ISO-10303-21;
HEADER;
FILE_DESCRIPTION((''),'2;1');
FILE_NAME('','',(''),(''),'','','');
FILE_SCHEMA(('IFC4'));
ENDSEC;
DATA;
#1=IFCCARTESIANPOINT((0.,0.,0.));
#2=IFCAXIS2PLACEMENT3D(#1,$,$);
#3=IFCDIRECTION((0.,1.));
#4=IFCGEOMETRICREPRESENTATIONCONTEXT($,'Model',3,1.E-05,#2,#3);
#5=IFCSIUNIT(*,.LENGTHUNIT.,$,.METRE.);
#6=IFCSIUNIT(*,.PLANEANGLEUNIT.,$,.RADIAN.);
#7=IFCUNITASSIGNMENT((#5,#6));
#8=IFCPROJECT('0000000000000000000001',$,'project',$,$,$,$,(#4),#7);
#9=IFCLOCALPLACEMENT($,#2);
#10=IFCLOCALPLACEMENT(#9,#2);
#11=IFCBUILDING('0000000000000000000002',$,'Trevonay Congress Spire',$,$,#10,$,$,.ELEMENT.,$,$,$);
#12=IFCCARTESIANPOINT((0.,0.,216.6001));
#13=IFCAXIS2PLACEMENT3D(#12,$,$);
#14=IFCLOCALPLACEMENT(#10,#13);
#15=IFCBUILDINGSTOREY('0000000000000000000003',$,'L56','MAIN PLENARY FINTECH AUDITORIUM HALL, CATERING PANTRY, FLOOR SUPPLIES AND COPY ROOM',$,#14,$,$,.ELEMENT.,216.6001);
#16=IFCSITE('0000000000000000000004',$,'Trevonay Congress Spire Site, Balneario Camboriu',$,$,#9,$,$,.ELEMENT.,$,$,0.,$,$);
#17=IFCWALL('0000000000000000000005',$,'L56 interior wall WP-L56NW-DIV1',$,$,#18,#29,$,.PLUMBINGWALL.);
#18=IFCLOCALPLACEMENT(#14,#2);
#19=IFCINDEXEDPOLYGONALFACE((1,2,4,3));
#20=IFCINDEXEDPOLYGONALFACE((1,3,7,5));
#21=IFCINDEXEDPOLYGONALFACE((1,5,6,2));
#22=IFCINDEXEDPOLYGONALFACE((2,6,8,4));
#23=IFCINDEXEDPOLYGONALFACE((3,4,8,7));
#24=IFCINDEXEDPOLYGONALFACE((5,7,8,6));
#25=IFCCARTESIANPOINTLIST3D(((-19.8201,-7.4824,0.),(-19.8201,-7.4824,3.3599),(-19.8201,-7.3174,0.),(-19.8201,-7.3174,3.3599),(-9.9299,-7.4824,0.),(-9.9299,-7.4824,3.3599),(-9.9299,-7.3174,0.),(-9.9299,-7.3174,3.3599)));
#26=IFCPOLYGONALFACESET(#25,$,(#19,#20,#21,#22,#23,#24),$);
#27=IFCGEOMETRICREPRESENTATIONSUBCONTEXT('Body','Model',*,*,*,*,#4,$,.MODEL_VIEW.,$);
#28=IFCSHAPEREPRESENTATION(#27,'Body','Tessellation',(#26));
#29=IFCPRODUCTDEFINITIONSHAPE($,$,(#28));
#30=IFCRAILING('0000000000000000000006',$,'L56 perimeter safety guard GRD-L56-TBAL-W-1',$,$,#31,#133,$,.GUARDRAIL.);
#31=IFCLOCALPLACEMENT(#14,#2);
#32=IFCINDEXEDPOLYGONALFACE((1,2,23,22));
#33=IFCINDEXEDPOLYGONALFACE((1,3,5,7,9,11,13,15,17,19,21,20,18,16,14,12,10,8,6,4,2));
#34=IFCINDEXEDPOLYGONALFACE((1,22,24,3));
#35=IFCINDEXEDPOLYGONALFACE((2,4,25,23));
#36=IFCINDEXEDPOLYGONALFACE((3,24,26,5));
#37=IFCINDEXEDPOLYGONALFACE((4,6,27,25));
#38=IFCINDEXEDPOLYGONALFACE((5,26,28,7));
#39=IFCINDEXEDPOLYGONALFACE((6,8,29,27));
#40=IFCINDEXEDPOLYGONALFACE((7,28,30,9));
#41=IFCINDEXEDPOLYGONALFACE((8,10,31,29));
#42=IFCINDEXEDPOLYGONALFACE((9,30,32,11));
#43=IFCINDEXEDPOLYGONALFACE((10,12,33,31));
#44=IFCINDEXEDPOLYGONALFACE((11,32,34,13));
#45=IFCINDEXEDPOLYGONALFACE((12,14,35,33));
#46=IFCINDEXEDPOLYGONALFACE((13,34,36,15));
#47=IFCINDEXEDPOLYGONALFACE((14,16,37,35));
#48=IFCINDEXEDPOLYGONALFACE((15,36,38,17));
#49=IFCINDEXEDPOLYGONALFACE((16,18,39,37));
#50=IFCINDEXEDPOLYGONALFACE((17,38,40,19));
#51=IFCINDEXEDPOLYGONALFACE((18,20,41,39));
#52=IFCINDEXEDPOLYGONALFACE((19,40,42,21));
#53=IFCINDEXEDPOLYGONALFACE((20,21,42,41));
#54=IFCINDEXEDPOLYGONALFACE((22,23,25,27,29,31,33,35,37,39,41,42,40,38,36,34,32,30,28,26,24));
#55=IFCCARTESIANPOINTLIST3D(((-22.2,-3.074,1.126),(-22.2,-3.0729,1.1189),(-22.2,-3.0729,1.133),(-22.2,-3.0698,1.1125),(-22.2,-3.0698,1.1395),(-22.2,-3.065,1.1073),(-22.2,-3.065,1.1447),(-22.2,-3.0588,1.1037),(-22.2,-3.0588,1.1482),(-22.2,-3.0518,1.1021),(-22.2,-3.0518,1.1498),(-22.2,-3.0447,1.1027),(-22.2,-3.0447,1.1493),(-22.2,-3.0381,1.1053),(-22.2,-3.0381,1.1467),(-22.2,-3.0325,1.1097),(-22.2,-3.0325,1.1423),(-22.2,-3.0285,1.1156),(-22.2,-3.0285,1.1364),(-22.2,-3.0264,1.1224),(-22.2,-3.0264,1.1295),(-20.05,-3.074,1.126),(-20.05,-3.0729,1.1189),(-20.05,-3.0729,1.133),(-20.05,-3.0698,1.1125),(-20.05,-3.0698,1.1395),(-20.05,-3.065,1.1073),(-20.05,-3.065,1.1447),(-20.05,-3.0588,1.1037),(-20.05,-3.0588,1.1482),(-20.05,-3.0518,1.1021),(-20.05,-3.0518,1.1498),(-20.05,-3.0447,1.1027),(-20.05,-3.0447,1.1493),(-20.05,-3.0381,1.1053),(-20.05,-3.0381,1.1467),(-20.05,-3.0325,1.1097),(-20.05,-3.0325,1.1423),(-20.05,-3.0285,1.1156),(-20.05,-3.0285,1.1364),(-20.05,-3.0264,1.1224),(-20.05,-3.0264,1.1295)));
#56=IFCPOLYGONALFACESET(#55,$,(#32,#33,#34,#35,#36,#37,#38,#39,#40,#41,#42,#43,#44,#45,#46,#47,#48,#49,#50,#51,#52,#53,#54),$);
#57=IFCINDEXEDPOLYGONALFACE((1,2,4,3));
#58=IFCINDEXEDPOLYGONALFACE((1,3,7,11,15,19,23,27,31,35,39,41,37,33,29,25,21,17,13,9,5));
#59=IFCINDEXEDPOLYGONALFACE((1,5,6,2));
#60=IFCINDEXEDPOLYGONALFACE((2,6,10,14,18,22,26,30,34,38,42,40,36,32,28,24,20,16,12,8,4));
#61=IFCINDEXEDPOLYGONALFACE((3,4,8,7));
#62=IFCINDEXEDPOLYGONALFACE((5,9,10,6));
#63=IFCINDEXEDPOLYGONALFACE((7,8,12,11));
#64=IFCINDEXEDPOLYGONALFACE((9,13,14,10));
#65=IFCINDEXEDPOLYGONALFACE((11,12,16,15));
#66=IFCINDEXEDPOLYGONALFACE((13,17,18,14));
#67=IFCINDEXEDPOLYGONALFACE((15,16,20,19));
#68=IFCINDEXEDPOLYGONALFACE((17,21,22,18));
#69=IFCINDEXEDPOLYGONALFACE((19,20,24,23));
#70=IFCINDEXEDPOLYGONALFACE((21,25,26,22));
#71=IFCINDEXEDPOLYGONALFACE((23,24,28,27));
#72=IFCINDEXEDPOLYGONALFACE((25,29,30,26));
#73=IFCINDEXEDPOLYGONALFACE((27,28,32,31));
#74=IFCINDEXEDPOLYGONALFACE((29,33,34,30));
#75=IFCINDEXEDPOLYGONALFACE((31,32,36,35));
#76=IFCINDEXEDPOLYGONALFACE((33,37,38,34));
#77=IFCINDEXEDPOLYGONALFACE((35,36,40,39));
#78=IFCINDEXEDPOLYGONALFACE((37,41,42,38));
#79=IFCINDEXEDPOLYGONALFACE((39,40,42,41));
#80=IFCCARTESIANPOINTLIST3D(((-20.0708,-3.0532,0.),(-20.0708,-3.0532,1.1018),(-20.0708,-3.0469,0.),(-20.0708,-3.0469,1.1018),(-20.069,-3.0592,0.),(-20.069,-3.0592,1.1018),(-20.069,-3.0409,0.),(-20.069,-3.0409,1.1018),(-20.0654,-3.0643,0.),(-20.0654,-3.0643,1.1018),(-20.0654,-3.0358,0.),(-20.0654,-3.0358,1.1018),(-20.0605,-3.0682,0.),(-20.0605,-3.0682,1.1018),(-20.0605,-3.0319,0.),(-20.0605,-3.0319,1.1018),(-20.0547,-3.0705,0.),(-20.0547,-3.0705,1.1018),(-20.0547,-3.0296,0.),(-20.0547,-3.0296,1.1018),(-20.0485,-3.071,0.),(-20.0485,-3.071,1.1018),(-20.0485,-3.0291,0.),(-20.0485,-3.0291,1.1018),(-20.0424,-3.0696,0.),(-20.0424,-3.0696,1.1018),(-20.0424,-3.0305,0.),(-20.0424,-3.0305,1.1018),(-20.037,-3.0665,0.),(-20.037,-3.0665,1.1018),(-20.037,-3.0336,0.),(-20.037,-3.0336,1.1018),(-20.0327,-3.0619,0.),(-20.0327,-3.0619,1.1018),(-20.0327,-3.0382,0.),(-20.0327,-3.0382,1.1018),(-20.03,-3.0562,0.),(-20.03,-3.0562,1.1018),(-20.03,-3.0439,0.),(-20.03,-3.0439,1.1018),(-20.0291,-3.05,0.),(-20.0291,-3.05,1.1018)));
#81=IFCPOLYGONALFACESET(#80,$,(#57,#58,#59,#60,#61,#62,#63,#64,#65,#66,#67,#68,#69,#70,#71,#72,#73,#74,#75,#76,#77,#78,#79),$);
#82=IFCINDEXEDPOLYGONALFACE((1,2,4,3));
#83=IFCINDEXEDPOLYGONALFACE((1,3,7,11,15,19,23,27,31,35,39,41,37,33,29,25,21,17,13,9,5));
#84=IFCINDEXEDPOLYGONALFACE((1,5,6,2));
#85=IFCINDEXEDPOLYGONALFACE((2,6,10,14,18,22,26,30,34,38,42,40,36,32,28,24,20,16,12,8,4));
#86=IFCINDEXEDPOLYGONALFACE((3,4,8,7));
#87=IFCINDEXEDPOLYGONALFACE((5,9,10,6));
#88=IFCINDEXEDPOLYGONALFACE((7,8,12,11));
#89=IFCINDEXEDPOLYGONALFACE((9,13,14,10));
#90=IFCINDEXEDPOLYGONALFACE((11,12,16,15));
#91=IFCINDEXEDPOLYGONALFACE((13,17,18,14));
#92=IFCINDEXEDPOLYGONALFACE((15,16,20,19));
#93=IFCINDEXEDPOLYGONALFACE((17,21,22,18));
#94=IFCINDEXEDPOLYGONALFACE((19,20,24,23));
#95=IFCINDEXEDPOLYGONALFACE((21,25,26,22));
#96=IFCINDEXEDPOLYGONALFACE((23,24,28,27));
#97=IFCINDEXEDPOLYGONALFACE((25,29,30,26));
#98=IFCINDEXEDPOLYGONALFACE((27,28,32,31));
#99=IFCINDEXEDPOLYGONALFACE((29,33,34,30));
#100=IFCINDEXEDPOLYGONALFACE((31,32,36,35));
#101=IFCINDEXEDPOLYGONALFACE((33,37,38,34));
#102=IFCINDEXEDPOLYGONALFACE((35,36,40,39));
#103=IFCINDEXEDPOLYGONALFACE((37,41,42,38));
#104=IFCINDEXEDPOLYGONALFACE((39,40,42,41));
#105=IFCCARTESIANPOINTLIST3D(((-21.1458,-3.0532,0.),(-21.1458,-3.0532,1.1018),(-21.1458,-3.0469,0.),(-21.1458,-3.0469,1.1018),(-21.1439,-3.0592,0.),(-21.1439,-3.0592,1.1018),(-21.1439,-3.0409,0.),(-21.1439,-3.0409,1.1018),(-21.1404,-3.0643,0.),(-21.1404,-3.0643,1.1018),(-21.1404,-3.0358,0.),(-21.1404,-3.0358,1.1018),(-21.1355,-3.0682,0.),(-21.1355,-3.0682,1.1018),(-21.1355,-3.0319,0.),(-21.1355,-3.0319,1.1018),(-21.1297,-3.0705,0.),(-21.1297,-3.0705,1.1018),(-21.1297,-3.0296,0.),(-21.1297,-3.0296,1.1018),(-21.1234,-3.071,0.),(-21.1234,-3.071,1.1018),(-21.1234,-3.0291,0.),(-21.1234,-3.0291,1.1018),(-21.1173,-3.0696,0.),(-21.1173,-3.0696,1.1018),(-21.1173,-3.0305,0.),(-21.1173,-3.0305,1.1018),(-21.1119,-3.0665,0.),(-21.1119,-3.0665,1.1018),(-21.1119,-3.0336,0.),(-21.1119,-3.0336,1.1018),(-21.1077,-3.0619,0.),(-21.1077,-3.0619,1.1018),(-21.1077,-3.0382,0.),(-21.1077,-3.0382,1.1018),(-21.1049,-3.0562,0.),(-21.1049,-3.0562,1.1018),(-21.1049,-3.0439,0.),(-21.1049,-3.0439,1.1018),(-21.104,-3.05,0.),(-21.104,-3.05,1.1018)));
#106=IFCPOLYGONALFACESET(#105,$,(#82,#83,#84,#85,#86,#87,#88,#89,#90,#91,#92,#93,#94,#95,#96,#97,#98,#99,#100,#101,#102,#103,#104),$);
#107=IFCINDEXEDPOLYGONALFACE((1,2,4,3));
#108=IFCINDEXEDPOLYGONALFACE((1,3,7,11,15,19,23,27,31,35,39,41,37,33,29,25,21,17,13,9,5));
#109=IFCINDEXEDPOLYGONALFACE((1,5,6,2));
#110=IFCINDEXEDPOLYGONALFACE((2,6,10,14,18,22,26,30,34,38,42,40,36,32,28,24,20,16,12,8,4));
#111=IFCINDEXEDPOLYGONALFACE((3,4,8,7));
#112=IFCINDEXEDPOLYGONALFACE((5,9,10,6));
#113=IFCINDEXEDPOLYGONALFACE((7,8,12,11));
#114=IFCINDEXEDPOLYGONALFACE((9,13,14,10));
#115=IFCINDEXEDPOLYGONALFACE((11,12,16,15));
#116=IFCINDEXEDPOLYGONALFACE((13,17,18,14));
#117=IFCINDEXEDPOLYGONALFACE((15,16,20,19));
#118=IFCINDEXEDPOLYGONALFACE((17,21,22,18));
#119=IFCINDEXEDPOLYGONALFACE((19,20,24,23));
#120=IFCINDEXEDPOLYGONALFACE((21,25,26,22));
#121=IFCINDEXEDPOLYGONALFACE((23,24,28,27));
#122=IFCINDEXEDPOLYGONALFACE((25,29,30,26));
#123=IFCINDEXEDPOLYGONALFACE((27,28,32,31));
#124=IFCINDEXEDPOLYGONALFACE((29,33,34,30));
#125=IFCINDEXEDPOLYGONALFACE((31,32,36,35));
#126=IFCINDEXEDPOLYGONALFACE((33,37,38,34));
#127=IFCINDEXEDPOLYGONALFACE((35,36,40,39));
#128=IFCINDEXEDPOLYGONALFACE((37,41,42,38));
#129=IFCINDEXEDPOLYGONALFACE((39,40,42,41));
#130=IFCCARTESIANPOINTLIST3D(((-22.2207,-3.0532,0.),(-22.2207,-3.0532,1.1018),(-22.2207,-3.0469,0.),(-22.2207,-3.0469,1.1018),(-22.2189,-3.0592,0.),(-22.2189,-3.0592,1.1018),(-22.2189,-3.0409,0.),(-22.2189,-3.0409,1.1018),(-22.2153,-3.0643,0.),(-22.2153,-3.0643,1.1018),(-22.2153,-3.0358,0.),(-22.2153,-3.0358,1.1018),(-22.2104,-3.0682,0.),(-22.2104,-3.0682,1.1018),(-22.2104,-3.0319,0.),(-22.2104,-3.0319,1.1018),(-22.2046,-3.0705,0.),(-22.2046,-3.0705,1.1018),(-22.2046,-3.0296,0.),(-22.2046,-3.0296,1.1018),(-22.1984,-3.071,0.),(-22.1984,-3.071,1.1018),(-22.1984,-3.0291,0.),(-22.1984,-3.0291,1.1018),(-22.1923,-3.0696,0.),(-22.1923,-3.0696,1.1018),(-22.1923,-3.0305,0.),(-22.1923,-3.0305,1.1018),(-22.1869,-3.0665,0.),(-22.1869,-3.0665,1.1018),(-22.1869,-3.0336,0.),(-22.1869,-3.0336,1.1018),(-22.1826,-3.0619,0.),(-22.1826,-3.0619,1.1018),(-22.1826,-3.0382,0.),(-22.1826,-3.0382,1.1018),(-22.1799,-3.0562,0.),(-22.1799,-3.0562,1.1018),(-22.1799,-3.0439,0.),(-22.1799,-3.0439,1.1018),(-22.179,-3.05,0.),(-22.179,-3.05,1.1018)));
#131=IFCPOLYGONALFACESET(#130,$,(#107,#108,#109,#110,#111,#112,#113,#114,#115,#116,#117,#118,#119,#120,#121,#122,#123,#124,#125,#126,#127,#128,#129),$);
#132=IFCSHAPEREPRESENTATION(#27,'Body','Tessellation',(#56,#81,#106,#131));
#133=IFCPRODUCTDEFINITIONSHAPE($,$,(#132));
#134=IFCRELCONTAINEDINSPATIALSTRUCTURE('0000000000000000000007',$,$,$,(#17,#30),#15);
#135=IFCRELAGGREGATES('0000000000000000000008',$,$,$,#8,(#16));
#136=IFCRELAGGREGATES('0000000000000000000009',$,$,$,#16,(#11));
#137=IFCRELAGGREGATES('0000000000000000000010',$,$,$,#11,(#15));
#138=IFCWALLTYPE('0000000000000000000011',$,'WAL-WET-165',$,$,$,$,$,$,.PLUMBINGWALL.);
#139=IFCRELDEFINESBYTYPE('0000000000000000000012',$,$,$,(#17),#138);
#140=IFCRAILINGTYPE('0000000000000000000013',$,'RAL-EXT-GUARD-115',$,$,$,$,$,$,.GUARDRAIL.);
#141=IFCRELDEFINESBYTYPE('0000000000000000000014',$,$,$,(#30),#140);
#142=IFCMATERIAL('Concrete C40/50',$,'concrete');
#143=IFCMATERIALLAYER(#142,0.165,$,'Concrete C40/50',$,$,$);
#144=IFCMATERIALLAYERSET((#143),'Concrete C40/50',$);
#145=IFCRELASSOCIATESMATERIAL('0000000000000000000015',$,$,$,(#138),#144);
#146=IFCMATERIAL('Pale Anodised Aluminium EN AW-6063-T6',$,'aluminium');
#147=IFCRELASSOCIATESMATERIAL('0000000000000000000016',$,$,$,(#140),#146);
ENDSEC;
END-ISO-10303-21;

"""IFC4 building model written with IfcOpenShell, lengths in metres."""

from ifc_helpers import new_model, si_unit, direction, frame, frame_2d, origin, origin_2d, place, context, subcontext, project, spatial, rectangle, circle, extrude, material, layer, layer_set, type_object, element, save


model = new_model("IFC4")

# Units and contexts
model_context = context("Model", 3, precision=1e-05, world=origin(), true_north=direction((0.0, 1.0)))
body_context = subcontext(model_context, "Body", "Model", "MODEL_VIEW")
ifc_project = project(units=[si_unit("LENGTHUNIT", "METRE"), si_unit("PLANEANGLEUNIT", "RADIAN")], contexts=[model_context])

# Site, building, storey
site_placement = place(None, origin())
site = spatial("IfcSite", under=ifc_project, at=site_placement, Name="Trevonay Congress Spire Site, Balneario Camboriu", CompositionType="ELEMENT", RefElevation=0.0)
building_placement = place(site_placement, origin())
building = spatial("IfcBuilding", under=site, at=building_placement, Name="Trevonay Congress Spire", CompositionType="ELEMENT")
storey_placement = place(building_placement, frame((0.0, 0.0, 216.6001)))
storey = spatial("IfcBuildingStorey", under=building, at=storey_placement, Name="L56", Description="MAIN PLENARY FINTECH AUDITORIUM HALL, CATERING PANTRY, FLOOR SUPPLIES AND COPY ROOM", CompositionType="ELEMENT", Elevation=216.6001)

# Shared definitions
ifc_material_1 = material(Name="Pale Anodised Aluminium EN AW-6063-T6", Category="aluminium")

# Shared definitions
ifc_material_2 = material(Name="Concrete C40/50", Category="concrete")

# Wall
ifc_layer_1 = layer(ifc_material_2, 0.165, Name="Concrete C40/50")
ifc_layer_set_1 = layer_set([ifc_layer_1], Name="Concrete C40/50")
wall_type_1 = type_object("IfcWallType", Name="WAL-WET-165", PredefinedType="PLUMBINGWALL", material=ifc_layer_set_1)
wall_1_placement = place(storey_placement, frame((-19.8201, -7.3999, 0.0), z_axis=(0.0, 0.0, 1.0), x_axis=(1.0, 0.0, 0.0)))
element("IfcWall", 1, at=wall_1_placement, inside=storey, type_object=wall_type_1, Name="L56 interior wall WP-L56NW-DIV1", PredefinedType="PLUMBINGWALL", context=body_context, shape_type="SweptSolid", body=[
    extrude(rectangle(XDim=9.8901, YDim=0.165, at=frame_2d((4.9451, 0.0))), origin(), (0.0, 0.0, 1.0), 3.3599),
])

# Railing
railing_type = type_object("IfcRailingType", Name="RAL-EXT-GUARD-115", PredefinedType="GUARDRAIL", material=ifc_material_1)
railing_1_placement = place(storey_placement, frame((-20.05, -3.05, 0.0)))
element("IfcRailing", 2, at=railing_1_placement, inside=storey, type_object=railing_type, Name="L56 perimeter safety guard GRD-L56-TBAL-W-1", PredefinedType="GUARDRAIL", context=body_context, shape_type="SweptSolid", body=[
    extrude(circle(Radius=0.0239, at=origin_2d()), frame((0.0, 0.0, 1.126), z_axis=(-1.0, 0.0, 0.0), x_axis=(0.0, -1.0, 0.0)), (0.0, 0.0, 1.0), 2.1499),
    extrude(circle(Radius=0.021, at=origin_2d()), origin(), (0.0, 0.0, 1.0), 1.1018),
    extrude(circle(Radius=0.021, at=origin_2d()), frame((-1.075, 0.0, 0.0)), (0.0, 0.0, 1.0), 1.1018),
    extrude(circle(Radius=0.021, at=origin_2d()), frame((-2.1499, 0.0, 0.0)), (0.0, 0.0, 1.0), 1.1018),
])

save(model, "model.ifc")
